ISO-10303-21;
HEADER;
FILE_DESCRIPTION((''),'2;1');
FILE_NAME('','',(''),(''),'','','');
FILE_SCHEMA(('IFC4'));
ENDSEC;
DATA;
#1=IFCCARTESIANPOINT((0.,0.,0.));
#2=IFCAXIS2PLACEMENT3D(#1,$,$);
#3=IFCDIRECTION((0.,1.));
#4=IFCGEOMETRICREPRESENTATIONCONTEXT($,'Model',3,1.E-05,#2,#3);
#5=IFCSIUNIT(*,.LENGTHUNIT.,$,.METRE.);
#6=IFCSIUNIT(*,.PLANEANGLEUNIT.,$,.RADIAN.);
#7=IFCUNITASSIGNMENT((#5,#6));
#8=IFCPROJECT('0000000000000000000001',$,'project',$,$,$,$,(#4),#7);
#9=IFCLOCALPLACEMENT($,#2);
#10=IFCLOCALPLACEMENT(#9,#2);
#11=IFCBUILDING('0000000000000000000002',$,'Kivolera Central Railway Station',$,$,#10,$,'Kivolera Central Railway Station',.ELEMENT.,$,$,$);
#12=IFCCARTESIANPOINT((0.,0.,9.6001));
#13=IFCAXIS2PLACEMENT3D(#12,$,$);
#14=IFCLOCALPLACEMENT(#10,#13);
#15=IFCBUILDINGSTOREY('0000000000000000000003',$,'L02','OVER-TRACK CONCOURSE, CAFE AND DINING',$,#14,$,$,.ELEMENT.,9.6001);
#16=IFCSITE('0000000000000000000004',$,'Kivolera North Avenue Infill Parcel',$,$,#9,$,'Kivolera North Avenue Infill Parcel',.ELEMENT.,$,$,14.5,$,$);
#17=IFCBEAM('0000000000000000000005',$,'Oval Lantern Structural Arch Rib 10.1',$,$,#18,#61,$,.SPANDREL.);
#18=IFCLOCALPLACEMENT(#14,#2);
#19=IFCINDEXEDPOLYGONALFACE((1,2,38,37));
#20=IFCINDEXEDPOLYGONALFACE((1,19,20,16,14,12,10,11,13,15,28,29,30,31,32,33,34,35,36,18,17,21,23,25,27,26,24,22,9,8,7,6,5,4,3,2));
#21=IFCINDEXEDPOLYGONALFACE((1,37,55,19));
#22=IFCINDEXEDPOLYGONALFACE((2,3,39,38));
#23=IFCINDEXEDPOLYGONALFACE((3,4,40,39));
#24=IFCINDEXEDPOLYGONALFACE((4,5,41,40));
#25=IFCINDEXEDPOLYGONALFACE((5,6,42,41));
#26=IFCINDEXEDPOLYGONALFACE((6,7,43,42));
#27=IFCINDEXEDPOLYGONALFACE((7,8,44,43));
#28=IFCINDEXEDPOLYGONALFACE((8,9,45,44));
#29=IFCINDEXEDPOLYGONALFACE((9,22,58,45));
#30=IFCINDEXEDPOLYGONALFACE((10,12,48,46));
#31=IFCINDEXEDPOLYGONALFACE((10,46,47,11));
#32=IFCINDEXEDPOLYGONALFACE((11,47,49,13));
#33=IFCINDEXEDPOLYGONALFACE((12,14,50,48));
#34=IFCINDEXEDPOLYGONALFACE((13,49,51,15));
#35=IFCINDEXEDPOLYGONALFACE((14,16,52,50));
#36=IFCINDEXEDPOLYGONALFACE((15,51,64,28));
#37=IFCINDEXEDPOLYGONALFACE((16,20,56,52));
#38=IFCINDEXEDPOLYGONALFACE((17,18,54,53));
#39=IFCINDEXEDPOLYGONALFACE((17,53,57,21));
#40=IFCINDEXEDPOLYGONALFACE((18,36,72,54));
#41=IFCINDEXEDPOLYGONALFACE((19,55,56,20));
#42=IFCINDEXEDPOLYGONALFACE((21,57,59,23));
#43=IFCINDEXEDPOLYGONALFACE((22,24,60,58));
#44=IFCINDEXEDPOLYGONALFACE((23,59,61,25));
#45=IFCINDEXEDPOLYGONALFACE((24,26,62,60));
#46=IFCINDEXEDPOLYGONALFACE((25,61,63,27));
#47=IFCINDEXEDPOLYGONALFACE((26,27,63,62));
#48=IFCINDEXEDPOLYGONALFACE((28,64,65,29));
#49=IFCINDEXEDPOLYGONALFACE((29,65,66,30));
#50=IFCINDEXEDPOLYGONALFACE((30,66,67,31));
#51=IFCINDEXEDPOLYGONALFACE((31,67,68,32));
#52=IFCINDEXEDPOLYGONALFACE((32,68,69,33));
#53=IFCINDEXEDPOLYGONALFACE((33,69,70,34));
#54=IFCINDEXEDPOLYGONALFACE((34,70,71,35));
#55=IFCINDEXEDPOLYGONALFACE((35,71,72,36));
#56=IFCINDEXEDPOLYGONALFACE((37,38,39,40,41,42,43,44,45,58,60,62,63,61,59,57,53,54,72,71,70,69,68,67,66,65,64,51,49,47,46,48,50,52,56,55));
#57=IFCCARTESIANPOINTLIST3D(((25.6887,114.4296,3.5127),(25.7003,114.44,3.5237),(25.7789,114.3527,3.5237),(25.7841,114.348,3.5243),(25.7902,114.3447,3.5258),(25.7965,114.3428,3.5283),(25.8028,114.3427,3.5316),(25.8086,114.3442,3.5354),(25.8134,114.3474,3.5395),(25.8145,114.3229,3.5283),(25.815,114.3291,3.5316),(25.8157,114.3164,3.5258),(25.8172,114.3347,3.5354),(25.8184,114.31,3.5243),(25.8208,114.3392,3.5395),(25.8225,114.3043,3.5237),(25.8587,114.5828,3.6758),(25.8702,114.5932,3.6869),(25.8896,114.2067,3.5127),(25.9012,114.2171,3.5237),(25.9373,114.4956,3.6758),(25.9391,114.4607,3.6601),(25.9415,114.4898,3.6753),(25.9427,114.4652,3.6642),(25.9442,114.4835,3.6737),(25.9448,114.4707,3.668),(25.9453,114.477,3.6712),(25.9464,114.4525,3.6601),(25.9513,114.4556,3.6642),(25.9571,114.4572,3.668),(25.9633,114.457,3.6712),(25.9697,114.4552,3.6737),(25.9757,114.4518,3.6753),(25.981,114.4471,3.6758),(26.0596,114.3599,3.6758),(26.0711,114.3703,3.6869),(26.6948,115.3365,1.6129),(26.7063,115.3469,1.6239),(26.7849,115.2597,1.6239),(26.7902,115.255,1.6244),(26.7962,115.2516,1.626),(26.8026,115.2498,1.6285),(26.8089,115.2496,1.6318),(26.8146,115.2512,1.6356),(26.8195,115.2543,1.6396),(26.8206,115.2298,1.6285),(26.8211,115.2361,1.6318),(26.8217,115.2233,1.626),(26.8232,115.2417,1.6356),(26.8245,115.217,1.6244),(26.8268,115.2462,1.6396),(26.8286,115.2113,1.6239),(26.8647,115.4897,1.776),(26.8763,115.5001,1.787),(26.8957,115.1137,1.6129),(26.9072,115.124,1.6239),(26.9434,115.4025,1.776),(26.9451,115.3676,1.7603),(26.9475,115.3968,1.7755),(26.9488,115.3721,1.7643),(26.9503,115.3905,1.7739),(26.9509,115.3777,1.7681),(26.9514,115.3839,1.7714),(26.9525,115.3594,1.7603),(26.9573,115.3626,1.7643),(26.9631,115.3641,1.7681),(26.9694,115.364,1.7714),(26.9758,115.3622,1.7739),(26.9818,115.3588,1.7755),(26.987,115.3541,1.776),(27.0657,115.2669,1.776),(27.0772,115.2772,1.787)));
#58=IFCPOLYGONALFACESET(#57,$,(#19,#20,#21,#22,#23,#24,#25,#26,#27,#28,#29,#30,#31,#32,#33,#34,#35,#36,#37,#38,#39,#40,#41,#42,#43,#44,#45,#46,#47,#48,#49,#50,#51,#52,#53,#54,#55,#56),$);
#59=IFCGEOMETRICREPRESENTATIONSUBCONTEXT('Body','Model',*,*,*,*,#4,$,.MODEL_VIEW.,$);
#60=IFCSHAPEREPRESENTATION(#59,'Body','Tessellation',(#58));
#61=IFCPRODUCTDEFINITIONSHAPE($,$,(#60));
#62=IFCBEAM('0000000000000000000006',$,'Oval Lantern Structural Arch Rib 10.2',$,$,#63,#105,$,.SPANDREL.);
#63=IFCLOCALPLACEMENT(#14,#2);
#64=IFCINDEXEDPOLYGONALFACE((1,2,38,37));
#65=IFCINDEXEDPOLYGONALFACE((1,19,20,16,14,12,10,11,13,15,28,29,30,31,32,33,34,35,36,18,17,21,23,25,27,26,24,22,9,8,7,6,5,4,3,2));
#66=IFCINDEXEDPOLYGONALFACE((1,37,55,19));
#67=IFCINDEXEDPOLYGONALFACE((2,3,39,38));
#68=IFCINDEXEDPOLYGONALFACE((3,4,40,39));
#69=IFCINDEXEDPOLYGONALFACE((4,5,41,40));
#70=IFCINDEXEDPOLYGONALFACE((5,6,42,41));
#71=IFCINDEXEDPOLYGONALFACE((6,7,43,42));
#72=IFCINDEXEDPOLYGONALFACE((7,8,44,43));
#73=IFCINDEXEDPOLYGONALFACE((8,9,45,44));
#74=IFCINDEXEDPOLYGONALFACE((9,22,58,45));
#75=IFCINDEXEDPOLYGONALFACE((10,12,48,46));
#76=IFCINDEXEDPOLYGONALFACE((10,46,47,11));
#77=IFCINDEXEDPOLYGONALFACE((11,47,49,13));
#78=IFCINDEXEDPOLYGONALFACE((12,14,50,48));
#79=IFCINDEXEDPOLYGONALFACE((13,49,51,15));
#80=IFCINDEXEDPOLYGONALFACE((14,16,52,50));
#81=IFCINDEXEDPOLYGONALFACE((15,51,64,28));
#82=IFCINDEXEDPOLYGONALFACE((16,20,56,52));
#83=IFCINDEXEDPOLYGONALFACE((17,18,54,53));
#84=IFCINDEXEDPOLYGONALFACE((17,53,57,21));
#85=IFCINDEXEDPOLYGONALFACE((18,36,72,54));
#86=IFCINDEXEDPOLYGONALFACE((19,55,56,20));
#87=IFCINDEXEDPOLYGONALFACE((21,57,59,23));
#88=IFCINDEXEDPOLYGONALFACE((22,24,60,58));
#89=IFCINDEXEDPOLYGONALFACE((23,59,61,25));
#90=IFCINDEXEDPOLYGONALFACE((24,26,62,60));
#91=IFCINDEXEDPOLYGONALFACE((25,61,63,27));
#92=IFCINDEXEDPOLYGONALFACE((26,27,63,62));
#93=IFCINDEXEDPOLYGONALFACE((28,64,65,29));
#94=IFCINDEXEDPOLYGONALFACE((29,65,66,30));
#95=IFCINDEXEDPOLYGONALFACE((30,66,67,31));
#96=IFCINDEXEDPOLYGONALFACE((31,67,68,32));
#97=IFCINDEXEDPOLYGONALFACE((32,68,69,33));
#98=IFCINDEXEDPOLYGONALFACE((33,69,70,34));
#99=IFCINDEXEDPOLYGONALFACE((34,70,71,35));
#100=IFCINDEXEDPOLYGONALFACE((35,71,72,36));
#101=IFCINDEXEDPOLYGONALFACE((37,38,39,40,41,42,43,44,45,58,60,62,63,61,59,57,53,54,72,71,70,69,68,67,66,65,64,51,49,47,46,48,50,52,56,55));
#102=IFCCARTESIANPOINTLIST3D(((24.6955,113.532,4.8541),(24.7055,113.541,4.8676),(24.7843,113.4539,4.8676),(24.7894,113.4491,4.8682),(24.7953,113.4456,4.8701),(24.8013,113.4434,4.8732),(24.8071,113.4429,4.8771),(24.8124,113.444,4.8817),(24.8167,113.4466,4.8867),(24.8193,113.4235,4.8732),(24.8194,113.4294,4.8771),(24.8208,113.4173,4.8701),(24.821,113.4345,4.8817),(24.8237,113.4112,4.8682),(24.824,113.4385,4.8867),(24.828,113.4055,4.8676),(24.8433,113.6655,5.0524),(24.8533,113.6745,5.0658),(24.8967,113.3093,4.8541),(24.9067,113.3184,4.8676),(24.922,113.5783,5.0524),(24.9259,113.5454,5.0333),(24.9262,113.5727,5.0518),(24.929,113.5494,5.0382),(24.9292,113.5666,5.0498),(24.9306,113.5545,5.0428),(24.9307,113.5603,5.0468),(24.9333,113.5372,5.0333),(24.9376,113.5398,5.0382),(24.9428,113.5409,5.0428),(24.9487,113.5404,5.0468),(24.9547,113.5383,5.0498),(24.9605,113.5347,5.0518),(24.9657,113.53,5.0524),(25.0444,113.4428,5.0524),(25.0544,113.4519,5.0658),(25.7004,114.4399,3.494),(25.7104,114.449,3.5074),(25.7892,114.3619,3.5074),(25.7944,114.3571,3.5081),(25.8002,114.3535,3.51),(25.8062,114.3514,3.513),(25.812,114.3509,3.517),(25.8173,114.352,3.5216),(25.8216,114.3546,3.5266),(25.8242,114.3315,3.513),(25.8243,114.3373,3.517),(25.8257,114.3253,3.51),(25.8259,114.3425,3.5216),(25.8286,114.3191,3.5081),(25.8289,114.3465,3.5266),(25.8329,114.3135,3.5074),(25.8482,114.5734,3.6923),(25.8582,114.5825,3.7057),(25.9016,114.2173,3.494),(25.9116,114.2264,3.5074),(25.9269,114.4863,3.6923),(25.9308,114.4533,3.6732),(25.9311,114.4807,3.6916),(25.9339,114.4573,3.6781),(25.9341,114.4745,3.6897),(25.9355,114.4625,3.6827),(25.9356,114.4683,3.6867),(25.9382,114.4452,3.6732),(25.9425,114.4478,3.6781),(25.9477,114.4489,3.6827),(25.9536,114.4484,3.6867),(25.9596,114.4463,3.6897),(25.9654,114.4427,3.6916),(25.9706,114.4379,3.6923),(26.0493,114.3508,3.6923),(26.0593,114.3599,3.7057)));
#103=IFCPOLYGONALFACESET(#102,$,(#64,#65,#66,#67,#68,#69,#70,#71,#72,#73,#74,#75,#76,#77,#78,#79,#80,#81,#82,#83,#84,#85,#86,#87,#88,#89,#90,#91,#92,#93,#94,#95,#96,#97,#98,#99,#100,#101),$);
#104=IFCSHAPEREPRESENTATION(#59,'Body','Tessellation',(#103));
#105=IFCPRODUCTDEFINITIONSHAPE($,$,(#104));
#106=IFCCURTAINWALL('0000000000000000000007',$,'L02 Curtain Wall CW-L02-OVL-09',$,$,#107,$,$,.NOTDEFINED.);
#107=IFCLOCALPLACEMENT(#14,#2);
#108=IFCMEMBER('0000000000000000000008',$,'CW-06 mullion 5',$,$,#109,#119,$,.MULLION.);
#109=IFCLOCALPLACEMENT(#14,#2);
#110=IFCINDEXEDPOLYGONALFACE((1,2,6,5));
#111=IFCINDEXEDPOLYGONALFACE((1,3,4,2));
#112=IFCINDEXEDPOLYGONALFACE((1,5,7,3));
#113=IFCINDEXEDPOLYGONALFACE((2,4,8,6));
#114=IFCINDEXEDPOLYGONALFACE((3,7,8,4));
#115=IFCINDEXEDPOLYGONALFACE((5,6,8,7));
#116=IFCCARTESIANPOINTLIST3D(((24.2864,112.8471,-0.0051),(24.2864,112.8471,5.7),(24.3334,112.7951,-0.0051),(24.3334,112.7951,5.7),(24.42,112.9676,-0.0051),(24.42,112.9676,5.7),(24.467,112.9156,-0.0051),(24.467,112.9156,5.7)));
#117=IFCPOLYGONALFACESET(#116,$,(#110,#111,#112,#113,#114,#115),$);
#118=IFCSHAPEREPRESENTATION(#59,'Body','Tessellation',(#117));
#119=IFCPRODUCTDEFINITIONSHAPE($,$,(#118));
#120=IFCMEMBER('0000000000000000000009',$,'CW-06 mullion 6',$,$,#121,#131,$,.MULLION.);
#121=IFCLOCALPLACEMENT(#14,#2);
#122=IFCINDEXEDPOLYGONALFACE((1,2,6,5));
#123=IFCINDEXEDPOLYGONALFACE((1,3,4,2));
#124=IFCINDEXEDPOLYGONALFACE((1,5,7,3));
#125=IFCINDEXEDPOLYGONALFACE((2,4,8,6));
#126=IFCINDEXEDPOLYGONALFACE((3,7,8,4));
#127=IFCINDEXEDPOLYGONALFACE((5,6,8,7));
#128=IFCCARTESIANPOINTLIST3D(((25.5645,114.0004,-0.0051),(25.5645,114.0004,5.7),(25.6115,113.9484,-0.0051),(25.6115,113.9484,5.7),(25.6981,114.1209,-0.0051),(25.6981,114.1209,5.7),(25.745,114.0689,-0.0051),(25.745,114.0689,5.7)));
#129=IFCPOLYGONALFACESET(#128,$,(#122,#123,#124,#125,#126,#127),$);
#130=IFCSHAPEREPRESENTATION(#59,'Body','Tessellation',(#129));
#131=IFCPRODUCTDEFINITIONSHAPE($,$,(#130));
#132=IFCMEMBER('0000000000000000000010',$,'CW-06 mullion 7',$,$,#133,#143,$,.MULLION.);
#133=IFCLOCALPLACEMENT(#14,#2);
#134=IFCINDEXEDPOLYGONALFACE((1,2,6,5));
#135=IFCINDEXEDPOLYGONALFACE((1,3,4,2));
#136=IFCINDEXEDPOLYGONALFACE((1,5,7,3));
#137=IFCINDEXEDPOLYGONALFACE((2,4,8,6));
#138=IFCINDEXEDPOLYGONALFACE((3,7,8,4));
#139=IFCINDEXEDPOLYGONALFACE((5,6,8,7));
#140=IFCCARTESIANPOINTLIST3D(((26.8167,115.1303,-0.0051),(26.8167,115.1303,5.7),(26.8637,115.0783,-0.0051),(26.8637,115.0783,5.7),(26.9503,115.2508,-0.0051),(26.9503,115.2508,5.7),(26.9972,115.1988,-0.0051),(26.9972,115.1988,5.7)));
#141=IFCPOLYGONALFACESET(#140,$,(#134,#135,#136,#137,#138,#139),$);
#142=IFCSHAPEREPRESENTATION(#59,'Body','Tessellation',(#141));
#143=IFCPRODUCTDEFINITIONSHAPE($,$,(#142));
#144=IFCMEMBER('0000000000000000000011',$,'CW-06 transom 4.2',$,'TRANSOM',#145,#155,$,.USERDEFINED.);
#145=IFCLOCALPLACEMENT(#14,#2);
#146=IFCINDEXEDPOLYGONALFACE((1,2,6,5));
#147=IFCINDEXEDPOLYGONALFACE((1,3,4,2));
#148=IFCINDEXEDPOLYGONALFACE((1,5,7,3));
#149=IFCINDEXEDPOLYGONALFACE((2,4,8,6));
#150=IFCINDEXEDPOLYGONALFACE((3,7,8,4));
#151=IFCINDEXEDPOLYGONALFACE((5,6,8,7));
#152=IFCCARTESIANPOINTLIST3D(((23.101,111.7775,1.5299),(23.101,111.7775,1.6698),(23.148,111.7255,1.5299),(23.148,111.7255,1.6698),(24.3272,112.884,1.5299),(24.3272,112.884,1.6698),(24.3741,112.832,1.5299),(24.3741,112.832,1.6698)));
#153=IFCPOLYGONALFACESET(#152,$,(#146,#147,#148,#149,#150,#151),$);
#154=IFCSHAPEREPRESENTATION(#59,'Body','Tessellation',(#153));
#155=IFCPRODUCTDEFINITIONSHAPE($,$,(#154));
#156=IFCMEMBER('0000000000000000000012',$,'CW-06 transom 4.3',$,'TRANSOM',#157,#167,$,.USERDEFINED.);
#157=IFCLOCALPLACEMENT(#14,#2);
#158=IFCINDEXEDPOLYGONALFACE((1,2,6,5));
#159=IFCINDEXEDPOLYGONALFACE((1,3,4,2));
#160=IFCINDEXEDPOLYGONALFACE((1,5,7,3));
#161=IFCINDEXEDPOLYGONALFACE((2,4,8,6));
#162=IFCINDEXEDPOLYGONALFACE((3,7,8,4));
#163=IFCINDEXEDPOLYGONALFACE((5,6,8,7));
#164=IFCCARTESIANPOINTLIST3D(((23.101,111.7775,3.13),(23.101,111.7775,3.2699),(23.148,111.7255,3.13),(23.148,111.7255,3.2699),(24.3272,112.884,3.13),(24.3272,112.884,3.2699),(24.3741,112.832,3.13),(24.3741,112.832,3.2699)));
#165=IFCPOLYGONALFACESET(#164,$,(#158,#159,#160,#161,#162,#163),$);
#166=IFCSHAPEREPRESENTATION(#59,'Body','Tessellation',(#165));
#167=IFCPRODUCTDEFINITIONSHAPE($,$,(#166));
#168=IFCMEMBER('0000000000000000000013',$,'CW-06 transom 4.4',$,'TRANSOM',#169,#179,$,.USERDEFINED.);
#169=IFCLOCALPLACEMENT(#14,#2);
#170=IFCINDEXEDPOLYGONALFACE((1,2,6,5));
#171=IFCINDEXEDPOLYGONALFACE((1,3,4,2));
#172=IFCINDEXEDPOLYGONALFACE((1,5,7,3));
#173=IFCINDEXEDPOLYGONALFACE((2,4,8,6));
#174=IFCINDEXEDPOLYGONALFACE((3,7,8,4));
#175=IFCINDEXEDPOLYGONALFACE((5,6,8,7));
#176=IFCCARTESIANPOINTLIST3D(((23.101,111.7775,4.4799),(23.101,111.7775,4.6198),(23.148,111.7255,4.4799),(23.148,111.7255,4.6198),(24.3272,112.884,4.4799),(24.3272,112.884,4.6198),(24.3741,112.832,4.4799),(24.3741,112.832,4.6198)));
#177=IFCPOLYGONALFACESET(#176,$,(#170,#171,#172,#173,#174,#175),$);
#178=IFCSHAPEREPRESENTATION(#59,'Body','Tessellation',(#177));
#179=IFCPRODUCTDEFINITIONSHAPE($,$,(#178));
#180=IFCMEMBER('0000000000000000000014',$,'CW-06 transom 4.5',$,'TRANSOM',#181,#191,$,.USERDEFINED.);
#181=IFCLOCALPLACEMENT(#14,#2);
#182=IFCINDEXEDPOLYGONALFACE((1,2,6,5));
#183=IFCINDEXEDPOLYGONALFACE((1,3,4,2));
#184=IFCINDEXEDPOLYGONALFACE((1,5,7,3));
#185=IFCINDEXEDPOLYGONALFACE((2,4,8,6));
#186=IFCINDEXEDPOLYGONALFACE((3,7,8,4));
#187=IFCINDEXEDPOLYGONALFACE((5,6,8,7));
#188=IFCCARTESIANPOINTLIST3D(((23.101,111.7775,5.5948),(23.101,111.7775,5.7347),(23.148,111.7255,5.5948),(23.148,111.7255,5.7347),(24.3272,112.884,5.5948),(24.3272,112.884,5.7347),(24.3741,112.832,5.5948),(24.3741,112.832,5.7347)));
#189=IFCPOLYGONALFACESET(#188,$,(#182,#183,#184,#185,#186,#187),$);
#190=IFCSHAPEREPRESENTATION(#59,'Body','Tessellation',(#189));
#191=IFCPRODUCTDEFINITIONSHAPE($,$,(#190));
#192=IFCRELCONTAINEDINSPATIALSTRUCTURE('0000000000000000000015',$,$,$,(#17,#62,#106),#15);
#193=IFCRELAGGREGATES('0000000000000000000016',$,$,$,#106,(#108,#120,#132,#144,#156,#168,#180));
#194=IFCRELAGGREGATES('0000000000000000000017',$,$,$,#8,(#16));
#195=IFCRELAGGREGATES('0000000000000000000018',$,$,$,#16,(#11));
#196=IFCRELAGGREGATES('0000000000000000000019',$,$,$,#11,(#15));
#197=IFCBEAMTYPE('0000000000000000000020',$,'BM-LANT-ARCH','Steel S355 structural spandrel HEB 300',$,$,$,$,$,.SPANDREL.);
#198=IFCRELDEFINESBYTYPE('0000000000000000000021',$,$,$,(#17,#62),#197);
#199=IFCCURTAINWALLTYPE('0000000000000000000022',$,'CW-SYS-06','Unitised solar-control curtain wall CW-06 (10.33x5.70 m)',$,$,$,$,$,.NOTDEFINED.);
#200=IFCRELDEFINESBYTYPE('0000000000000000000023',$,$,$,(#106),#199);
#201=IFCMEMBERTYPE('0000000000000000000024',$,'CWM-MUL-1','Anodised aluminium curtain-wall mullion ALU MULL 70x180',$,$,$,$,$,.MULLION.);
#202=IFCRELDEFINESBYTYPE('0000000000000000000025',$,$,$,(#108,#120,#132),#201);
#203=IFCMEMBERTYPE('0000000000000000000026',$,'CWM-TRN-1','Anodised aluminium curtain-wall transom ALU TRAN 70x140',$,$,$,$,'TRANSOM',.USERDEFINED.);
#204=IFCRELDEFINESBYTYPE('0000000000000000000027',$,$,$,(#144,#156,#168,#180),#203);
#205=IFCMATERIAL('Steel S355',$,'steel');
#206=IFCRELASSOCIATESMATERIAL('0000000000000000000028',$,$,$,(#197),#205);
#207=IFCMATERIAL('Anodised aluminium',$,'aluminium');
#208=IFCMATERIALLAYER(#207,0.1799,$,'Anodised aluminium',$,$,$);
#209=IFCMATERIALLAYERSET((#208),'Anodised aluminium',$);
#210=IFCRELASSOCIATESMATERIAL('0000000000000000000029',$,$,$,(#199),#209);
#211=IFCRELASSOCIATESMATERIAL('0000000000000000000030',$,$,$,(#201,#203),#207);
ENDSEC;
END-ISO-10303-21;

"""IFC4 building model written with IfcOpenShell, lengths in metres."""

from ifc_helpers import new_model, si_unit, direction, frame, origin, origin_2d, place, context, subcontext, project, spatial, rectangle, i_section, extrude, material, layer, layer_set, material_profile, profile_set, type_object, element, aggregate, save


model = new_model("IFC4")

# Units and contexts
model_context = context("Model", 3, precision=1e-05, world=origin(), true_north=direction((0.0, 1.0)))
body_context = subcontext(model_context, "Body", "Model", "MODEL_VIEW")
ifc_project = project(units=[si_unit("LENGTHUNIT", "METRE"), si_unit("PLANEANGLEUNIT", "RADIAN")], contexts=[model_context])

# Site, building, storey
site_placement = place(None, origin())
site = spatial("IfcSite", under=ifc_project, at=site_placement, Name="Kivolera North Avenue Infill Parcel", LongName="Kivolera North Avenue Infill Parcel", CompositionType="ELEMENT", RefElevation=14.5)
building_placement = place(site_placement, origin())
building = spatial("IfcBuilding", under=site, at=building_placement, Name="Kivolera Central Railway Station", LongName="Kivolera Central Railway Station", CompositionType="ELEMENT")
storey_placement = place(building_placement, frame((0.0, 0.0, 9.6001)))
storey = spatial("IfcBuildingStorey", under=building, at=storey_placement, Name="L02", Description="OVER-TRACK CONCOURSE, CAFE AND DINING", CompositionType="ELEMENT", Elevation=9.6001)

# Beams
ifc_material_1 = material(Name="Steel S355", Category="steel")
ifc_material_profile_1 = material_profile(ifc_material_1, i_section(OverallWidth=0.3, OverallDepth=0.3, WebThickness=0.011, FlangeThickness=0.019, FilletRadius=0.0271, at=origin_2d()), Name="HEB 300")
ifc_profile_set_1 = profile_set([ifc_material_profile_1], Name="Steel S355")
beam_type = type_object("IfcBeamType", Name="BM-LANT-ARCH", Description="Steel S355 structural spandrel HEB 300", PredefinedType="SPANDREL", material=ifc_profile_set_1)
beam_1_placement = place(storey_placement, frame((26.886, 115.3069, 1.7), z_axis=(-0.431185, -0.388705, 0.81424), x_axis=(0.669572, -0.742747, 0.0)))
element("IfcBeam", 1, at=beam_1_placement, inside=storey, type_object=beam_type, Name="Oval Lantern Structural Arch Rib 10.1", PredefinedType="SPANDREL", context=body_context, shape_type="SweptSolid", body=[
    extrude(i_section(OverallWidth=0.3, OverallDepth=0.3, WebThickness=0.011, FlangeThickness=0.019, FilletRadius=0.0271, at=origin_2d()), origin(), (0.0, 0.0, 1.0), 2.3333),
])
beam_2_placement = place(storey_placement, frame((25.8799, 114.3999, 3.5999), z_axis=(-0.523542, -0.473045, 0.708613), x_axis=(0.670418, -0.741984, 0.0)))
element("IfcBeam", 2, at=beam_2_placement, inside=storey, type_object=beam_type, Name="Oval Lantern Structural Arch Rib 10.2", PredefinedType="SPANDREL", context=body_context, shape_type="SweptSolid", body=[
    extrude(i_section(OverallWidth=0.3, OverallDepth=0.3, WebThickness=0.011, FlangeThickness=0.019, FilletRadius=0.0271, at=origin_2d()), origin(), (0.0, 0.0, 1.0), 1.9194),
])

# Curtain wall, members
ifc_material_2 = material(Name="Anodised aluminium", Category="aluminium")
ifc_layer_1 = layer(ifc_material_2, 0.1799, Name="Anodised aluminium")
ifc_layer_set_1 = layer_set([ifc_layer_1], Name="Anodised aluminium")
curtain_wall_type = type_object("IfcCurtainWallType", Name="CW-SYS-06", Description="Unitised solar-control curtain wall CW-06 (10.33x5.70 m)", PredefinedType="NOTDEFINED", material=ifc_layer_set_1)
curtain_wall_placement = place(storey_placement, origin())
curtain_wall = element("IfcCurtainWall", 3, at=curtain_wall_placement, inside=storey, type_object=curtain_wall_type, Name="L02 Curtain Wall CW-L02-OVL-09", PredefinedType="NOTDEFINED")
ifc_material_profile_2 = material_profile(ifc_material_2, rectangle(XDim=0.0701, YDim=0.1799, at=origin_2d()), Name="ALU MULL 70x180")
ifc_profile_set_2 = profile_set([ifc_material_profile_2], Name="Anodised aluminium")
member_type_1 = type_object("IfcMemberType", Name="CWM-MUL-1", Description="Anodised aluminium curtain-wall mullion ALU MULL 70x180", PredefinedType="MULLION", material=ifc_profile_set_2)
member_1_placement = place(storey_placement, frame((24.3767, 112.8813, -0.0051), z_axis=(0.0, 0.0, 1.0), x_axis=(-0.669922, 0.742432, 0.0)))
member_1 = element("IfcMember", 4, at=member_1_placement, type_object=member_type_1, Name="CW-06 mullion 5", PredefinedType="MULLION", context=body_context, shape_type="SweptSolid", body=[
    extrude(rectangle(XDim=0.0701, YDim=0.1799, at=origin_2d()), origin(), (0.0, 0.0, 1.0), 5.7051),
])
member_2_placement = place(storey_placement, frame((25.6548, 114.0347, -0.0051), z_axis=(0.0, 0.0, 1.0), x_axis=(-0.669922, 0.742432, 0.0)))
member_2 = element("IfcMember", 5, at=member_2_placement, type_object=member_type_1, Name="CW-06 mullion 6", PredefinedType="MULLION", context=body_context, shape_type="SweptSolid", body=[
    extrude(rectangle(XDim=0.0701, YDim=0.1799, at=origin_2d()), origin(), (0.0, 0.0, 1.0), 5.7051),
])
member_3_placement = place(storey_placement, frame((26.907, 115.1646, -0.0051), z_axis=(0.0, 0.0, 1.0), x_axis=(-0.669922, 0.742432, 0.0)))
member_3 = element("IfcMember", 6, at=member_3_placement, type_object=member_type_1, Name="CW-06 mullion 7", PredefinedType="MULLION", context=body_context, shape_type="SweptSolid", body=[
    extrude(rectangle(XDim=0.0701, YDim=0.1799, at=origin_2d()), origin(), (0.0, 0.0, 1.0), 5.7051),
])
ifc_material_profile_3 = material_profile(ifc_material_2, rectangle(XDim=0.0701, YDim=0.1399, at=origin_2d()), Name="ALU TRAN 70x140")
ifc_profile_set_3 = profile_set([ifc_material_profile_3], Name="Anodised aluminium")
member_type_2 = type_object("IfcMemberType", Name="CWM-TRN-1", Description="Anodised aluminium curtain-wall transom ALU TRAN 70x140", ElementType="TRANSOM", PredefinedType="USERDEFINED", material=ifc_profile_set_3)
member_4_placement = place(storey_placement, frame((23.1245, 111.7515, 1.5999), z_axis=(0.742397, 0.669961, 0.0), x_axis=(-0.669961, 0.742397, 0.0)))
member_4 = element("IfcMember", 7, at=member_4_placement, type_object=member_type_2, Name="CW-06 transom 4.2", ObjectType="TRANSOM", PredefinedType="USERDEFINED", context=body_context, shape_type="SweptSolid", body=[
    extrude(rectangle(XDim=0.0701, YDim=0.1399, at=origin_2d()), origin(), (0.0, 0.0, 1.0), 1.6516),
])
member_5_placement = place(storey_placement, frame((23.1245, 111.7515, 3.2), z_axis=(0.742397, 0.669961, 0.0), x_axis=(-0.669961, 0.742397, 0.0)))
member_5 = element("IfcMember", 8, at=member_5_placement, type_object=member_type_2, Name="CW-06 transom 4.3", ObjectType="TRANSOM", PredefinedType="USERDEFINED", context=body_context, shape_type="SweptSolid", body=[
    extrude(rectangle(XDim=0.0701, YDim=0.1399, at=origin_2d()), origin(), (0.0, 0.0, 1.0), 1.6516),
])
member_6_placement = place(storey_placement, frame((23.1245, 111.7515, 4.5498), z_axis=(0.742397, 0.669961, 0.0), x_axis=(-0.669961, 0.742397, 0.0)))
member_6 = element("IfcMember", 9, at=member_6_placement, type_object=member_type_2, Name="CW-06 transom 4.4", ObjectType="TRANSOM", PredefinedType="USERDEFINED", context=body_context, shape_type="SweptSolid", body=[
    extrude(rectangle(XDim=0.0701, YDim=0.1399, at=origin_2d()), origin(), (0.0, 0.0, 1.0), 1.6516),
])
member_7_placement = place(storey_placement, frame((23.1245, 111.7515, 5.6648), z_axis=(0.742397, 0.669961, 0.0), x_axis=(-0.669961, 0.742397, 0.0)))
member_7 = element("IfcMember", 10, at=member_7_placement, type_object=member_type_2, Name="CW-06 transom 4.5", ObjectType="TRANSOM", PredefinedType="USERDEFINED", context=body_context, shape_type="SweptSolid", body=[
    extrude(rectangle(XDim=0.0701, YDim=0.1399, at=origin_2d()), origin(), (0.0, 0.0, 1.0), 1.6516),
])
aggregate(curtain_wall, [member_1, member_2, member_3, member_4, member_5, member_6, member_7])

save(model, "model.ifc")
